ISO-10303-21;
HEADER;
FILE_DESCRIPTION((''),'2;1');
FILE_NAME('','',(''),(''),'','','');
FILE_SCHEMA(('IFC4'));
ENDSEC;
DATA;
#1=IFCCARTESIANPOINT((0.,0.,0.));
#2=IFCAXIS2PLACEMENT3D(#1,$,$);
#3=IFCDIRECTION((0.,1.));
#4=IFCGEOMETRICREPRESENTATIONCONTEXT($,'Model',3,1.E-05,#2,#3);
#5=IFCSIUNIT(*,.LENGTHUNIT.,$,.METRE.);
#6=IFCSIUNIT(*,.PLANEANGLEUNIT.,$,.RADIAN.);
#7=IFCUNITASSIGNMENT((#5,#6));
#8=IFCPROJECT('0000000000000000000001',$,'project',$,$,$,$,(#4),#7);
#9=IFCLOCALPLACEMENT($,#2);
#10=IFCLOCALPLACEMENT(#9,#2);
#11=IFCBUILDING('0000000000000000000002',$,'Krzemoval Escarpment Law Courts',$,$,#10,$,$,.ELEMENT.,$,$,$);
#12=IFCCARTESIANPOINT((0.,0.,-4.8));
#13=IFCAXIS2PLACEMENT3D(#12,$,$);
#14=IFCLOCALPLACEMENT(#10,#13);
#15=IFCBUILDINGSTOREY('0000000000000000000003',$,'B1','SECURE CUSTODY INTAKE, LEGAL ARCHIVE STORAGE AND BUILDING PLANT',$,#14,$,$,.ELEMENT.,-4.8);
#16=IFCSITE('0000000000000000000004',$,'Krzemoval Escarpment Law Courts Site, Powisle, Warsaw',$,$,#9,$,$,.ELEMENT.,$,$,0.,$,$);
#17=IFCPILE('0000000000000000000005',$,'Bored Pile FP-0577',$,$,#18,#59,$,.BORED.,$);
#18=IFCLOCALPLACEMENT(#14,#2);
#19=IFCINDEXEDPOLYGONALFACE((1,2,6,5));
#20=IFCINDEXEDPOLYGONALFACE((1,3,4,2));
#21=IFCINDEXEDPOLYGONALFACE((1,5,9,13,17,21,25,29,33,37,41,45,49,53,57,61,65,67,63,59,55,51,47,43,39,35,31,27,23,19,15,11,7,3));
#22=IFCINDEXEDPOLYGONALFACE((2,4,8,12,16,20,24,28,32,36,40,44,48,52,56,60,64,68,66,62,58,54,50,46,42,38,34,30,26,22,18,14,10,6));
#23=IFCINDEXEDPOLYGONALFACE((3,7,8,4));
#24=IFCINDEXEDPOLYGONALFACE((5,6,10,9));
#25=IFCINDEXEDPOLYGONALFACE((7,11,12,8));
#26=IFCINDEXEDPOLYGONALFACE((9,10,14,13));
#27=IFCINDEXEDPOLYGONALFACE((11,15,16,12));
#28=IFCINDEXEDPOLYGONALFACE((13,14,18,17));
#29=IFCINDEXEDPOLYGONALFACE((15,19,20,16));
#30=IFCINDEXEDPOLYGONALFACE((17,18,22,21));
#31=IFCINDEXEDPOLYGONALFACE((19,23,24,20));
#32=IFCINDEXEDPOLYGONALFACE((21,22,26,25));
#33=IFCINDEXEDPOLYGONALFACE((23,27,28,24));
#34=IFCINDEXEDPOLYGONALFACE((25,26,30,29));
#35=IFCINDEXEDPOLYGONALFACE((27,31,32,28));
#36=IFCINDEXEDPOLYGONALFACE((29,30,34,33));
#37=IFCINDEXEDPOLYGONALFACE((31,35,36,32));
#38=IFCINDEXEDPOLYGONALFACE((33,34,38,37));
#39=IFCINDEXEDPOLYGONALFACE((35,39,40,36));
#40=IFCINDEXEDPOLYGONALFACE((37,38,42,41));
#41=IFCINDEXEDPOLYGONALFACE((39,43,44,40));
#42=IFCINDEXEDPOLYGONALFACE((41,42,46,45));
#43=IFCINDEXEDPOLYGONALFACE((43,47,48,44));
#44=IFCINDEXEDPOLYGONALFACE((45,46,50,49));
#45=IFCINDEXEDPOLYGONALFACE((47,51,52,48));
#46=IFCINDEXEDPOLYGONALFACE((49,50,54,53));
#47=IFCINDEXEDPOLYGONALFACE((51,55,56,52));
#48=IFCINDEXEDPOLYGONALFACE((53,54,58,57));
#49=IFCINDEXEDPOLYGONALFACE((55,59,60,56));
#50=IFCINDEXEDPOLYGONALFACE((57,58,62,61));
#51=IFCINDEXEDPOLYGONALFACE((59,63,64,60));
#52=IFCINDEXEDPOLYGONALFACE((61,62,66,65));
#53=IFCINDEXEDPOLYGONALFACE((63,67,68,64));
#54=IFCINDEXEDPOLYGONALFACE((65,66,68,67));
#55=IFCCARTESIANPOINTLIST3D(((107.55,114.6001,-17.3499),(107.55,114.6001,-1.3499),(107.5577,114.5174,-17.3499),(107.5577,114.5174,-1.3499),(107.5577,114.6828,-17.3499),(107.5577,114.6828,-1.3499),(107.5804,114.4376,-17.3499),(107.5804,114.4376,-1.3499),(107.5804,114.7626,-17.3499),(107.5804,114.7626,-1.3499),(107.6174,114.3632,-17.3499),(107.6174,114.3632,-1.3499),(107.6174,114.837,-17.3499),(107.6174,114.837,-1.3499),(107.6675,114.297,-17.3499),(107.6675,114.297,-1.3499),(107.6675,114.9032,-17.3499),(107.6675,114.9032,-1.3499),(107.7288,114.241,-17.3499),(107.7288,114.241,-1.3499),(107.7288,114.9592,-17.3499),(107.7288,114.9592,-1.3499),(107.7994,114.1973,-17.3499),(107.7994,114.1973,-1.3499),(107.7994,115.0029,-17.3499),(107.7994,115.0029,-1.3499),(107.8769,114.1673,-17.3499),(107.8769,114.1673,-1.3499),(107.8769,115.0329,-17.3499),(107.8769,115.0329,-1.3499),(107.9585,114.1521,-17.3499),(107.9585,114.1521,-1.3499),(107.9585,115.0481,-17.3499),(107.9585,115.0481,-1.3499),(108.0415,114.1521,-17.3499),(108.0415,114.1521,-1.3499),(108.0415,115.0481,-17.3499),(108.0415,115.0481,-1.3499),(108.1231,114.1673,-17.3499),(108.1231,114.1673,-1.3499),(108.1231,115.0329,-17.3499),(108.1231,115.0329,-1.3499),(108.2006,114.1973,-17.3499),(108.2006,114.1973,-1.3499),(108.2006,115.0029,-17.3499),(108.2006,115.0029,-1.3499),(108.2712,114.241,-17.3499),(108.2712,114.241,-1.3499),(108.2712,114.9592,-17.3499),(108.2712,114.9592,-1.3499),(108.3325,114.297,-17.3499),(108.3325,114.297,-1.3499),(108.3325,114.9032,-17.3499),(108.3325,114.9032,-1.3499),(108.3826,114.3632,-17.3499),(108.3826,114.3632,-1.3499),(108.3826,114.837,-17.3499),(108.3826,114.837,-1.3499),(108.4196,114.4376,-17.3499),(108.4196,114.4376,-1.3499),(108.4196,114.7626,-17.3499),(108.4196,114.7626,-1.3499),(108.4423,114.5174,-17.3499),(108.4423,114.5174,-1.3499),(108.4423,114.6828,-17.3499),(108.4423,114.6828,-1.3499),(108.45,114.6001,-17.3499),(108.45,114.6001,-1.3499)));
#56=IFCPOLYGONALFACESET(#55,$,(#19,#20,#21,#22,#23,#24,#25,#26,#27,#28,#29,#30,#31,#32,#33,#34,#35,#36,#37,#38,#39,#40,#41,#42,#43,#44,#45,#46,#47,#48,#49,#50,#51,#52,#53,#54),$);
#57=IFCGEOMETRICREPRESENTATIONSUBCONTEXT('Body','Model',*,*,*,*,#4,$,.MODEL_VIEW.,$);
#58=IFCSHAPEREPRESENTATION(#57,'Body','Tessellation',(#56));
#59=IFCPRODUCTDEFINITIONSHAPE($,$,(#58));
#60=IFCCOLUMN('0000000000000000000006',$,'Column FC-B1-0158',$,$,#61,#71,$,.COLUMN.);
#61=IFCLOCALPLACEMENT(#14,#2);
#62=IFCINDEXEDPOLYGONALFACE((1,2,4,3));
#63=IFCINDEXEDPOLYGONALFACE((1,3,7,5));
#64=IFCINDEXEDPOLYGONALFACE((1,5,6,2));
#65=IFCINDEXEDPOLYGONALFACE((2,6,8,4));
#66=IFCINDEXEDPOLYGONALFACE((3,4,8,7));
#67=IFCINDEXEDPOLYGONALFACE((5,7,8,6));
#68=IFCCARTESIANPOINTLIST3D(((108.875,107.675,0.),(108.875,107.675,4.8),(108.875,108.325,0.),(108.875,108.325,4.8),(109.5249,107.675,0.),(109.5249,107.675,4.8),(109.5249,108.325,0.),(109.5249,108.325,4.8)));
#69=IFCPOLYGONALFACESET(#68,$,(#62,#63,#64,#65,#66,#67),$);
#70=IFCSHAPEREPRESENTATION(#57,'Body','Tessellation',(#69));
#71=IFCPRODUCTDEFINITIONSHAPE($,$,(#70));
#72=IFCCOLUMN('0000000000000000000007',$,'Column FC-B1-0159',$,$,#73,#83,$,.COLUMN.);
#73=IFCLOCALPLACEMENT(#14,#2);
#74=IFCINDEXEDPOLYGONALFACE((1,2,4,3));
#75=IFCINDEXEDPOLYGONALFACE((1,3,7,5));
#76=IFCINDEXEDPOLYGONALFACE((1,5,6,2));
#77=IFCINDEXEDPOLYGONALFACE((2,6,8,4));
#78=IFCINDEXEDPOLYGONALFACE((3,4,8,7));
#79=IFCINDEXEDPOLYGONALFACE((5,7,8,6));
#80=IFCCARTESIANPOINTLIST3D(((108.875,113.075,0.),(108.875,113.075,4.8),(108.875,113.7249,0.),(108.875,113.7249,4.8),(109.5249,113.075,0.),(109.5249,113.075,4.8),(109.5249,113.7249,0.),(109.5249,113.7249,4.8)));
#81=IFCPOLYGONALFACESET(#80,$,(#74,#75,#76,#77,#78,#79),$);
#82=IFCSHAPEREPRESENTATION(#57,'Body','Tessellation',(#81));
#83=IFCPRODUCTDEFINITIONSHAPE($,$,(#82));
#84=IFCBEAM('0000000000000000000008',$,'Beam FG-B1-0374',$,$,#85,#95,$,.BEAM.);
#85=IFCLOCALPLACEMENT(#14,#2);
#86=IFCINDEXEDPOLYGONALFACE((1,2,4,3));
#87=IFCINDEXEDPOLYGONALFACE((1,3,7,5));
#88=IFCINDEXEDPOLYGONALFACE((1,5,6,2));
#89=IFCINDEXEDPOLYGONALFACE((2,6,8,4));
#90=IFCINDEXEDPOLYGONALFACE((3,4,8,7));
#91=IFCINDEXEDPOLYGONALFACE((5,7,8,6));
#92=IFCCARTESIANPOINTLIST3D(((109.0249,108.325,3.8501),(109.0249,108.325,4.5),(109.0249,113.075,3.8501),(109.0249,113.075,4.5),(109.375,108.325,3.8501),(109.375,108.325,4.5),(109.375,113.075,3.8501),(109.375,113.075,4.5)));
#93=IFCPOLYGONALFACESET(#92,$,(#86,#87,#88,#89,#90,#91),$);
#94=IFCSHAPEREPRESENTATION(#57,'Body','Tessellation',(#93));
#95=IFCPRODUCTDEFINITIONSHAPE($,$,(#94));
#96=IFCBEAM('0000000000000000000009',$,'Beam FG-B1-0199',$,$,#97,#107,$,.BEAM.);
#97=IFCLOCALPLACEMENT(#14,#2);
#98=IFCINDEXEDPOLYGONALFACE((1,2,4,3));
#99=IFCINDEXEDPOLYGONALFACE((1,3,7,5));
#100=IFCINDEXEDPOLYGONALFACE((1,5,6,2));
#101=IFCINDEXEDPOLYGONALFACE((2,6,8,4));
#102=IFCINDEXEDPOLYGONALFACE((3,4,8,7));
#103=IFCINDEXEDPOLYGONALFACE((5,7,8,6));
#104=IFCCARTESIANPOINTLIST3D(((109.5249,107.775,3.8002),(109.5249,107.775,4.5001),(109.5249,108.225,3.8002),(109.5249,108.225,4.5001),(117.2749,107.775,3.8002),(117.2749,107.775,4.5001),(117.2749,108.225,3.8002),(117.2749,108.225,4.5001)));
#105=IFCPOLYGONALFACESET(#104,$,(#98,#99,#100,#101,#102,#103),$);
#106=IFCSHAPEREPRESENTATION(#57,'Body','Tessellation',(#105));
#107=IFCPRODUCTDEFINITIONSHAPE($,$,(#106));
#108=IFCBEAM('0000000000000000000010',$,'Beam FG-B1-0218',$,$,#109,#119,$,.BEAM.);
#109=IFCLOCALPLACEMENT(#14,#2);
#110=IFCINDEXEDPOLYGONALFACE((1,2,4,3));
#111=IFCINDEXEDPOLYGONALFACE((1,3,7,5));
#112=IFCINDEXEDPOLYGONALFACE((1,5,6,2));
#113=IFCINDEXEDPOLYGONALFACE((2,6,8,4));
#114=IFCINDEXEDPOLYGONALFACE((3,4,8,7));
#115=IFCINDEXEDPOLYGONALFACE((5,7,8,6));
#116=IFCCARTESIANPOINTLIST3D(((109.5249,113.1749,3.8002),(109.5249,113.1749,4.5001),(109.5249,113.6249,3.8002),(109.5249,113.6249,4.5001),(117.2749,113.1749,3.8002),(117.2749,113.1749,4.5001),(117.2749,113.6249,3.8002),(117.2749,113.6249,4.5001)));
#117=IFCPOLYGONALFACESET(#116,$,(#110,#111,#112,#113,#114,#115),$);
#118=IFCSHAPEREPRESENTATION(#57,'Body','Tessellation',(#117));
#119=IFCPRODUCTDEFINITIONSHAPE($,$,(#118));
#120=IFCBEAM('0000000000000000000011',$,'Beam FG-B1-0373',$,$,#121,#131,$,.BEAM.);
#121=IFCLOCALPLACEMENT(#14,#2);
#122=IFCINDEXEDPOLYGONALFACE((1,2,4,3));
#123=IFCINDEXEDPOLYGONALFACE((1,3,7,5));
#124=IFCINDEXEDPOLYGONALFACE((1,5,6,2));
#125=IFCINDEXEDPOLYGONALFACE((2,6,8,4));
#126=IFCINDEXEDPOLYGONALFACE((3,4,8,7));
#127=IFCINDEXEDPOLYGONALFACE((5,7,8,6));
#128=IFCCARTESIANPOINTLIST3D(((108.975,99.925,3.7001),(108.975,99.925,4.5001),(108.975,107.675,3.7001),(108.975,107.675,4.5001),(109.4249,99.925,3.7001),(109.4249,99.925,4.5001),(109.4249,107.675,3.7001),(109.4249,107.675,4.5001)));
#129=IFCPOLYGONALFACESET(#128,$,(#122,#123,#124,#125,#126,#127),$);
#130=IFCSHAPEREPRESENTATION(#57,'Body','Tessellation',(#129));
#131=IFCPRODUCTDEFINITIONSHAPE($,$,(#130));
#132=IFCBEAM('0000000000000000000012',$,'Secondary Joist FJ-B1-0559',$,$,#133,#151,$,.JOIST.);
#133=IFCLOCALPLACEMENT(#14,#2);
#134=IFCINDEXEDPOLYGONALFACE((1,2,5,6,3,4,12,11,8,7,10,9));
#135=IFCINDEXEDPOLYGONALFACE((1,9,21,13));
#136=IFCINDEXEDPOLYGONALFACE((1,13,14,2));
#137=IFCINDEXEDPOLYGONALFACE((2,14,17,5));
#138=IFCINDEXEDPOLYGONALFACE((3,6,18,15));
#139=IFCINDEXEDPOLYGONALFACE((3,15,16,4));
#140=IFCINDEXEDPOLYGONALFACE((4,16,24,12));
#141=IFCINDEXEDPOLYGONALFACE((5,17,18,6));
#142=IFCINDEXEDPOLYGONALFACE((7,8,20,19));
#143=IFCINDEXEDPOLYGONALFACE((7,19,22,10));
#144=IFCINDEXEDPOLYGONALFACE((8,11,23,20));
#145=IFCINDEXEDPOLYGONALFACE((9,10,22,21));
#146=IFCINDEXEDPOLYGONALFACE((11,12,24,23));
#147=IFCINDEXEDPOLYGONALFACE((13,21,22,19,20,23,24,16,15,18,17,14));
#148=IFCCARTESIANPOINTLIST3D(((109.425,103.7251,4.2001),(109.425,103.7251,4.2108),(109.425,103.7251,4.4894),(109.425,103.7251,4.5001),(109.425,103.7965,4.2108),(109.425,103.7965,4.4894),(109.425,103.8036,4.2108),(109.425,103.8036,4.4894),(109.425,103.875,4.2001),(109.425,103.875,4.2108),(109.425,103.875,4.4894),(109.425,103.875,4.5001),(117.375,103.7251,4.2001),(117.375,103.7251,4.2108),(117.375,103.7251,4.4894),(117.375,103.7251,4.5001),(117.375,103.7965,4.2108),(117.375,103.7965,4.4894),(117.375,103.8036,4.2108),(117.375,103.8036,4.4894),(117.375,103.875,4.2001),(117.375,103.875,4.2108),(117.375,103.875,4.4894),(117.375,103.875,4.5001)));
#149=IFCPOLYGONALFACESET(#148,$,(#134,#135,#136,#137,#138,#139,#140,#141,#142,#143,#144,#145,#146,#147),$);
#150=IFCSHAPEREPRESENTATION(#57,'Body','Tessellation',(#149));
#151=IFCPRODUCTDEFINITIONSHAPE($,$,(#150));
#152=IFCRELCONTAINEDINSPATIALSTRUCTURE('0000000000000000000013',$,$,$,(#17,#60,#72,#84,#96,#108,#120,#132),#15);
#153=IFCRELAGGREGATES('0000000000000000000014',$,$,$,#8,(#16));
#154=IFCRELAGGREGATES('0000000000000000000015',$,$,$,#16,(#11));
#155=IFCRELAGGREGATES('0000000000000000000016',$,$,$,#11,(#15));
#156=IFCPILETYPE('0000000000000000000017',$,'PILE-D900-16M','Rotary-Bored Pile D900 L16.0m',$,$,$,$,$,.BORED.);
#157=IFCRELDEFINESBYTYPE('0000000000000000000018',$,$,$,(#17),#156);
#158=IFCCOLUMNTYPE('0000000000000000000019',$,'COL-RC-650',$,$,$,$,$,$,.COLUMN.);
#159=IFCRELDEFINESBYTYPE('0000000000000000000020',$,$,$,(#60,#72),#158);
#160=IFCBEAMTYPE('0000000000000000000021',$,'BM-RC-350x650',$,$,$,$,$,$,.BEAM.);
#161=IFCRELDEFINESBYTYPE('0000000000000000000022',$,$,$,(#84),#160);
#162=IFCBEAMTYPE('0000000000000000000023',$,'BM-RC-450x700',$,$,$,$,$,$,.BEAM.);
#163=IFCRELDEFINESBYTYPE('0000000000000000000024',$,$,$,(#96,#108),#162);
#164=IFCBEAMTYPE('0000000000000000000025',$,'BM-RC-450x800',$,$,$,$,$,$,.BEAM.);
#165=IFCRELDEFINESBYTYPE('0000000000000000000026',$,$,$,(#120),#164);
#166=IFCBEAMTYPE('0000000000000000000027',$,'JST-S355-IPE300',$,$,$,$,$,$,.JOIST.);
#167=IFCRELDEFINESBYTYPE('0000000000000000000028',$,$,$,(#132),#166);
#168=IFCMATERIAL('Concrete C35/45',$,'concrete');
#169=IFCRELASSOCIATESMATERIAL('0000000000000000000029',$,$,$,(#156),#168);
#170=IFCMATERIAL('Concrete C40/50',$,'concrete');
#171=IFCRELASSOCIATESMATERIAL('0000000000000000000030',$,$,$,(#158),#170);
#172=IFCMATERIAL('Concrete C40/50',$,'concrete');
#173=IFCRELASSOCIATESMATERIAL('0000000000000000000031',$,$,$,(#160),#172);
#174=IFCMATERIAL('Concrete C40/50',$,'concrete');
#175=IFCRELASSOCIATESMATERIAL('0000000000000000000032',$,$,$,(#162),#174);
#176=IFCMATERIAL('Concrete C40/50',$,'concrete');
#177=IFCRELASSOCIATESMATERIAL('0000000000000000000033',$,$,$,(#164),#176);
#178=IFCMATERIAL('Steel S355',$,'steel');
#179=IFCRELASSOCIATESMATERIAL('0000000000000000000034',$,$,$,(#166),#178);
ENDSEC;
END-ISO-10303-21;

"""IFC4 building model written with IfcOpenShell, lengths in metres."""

from ifc_helpers import new_model, si_unit, direction, frame, origin, origin_2d, place, context, subcontext, project, spatial, rectangle, circle, i_section, extrude, material, material_profile, profile_set, type_object, element, save


model = new_model("IFC4")

# Units and contexts
model_context = context("Model", 3, precision=1e-05, world=origin(), true_north=direction((0.0, 1.0)))
body_context = subcontext(model_context, "Body", "Model", "MODEL_VIEW")
ifc_project = project(units=[si_unit("LENGTHUNIT", "METRE"), si_unit("PLANEANGLEUNIT", "RADIAN")], contexts=[model_context])

# Site, building, storey
site_placement = place(None, origin())
site = spatial("IfcSite", under=ifc_project, at=site_placement, Name="Krzemoval Escarpment Law Courts Site, Powisle, Warsaw", CompositionType="ELEMENT", RefElevation=0.0)
building_placement = place(site_placement, origin())
building = spatial("IfcBuilding", under=site, at=building_placement, Name="Krzemoval Escarpment Law Courts", CompositionType="ELEMENT")
storey_placement = place(building_placement, frame((0.0, 0.0, -4.8)))
storey = spatial("IfcBuildingStorey", under=building, at=storey_placement, Name="B1", Description="SECURE CUSTODY INTAKE, LEGAL ARCHIVE STORAGE AND BUILDING PLANT", CompositionType="ELEMENT", Elevation=-4.8)

# Pile
ifc_material_1 = material(Name="Concrete C35/45", Category="concrete")
ifc_material_profile_1 = material_profile(ifc_material_1, circle(Radius=0.45, at=origin_2d()), Name="PILE D900")
ifc_profile_set_1 = profile_set([ifc_material_profile_1], Name="Concrete C35/45")
pile_type = type_object("IfcPileType", Name="PILE-D900-16M", Description="Rotary-Bored Pile D900 L16.0m", PredefinedType="BORED", material=ifc_profile_set_1)
for number, where, z_axis, x_axis, name in (
    (1, (108.0, 114.6001, -1.3499), (0.0, 0.0, -1.0), (1.0, 0.0, 0.0), "Bored Pile FP-0577"),
):
    element("IfcPile", number, at=place(storey_placement, frame(where, z_axis=z_axis, x_axis=x_axis)), inside=storey, type_object=pile_type, Name=name, PredefinedType="BORED", context=body_context, shape_type="SweptSolid", body=[
        extrude(circle(Radius=0.45, at=origin_2d()), origin(), (0.0, 0.0, 1.0), 16.0),
    ])

# Columns
ifc_material_2 = material(Name="Concrete C40/50", Category="concrete")
ifc_material_profile_2 = material_profile(ifc_material_2, rectangle(XDim=0.6499, YDim=0.6499, at=origin_2d()), Name="RC 650x650")
ifc_profile_set_2 = profile_set([ifc_material_profile_2], Name="Concrete C40/50")
column_type = type_object("IfcColumnType", Name="COL-RC-650", PredefinedType="COLUMN", material=ifc_profile_set_2)
for number, where, z_axis, x_axis, name in (
    (2, (109.2, 108.0, 0.0), (0.0, 0.0, 1.0), (1.0, 0.0, 0.0), "Column FC-B1-0158"),
    (3, (109.2, 113.3999, 0.0), (0.0, 0.0, 1.0), (1.0, 0.0, 0.0), "Column FC-B1-0159"),
):
    element("IfcColumn", number, at=place(storey_placement, frame(where, z_axis=z_axis, x_axis=x_axis)), inside=storey, type_object=column_type, Name=name, PredefinedType="COLUMN", context=body_context, shape_type="SweptSolid", body=[
        extrude(rectangle(XDim=0.6499, YDim=0.6499, at=origin_2d()), origin(), (0.0, 0.0, 1.0), 4.8),
    ])

# Beams
ifc_material_3 = material(Name="Concrete C40/50", Category="concrete")
ifc_material_profile_3 = material_profile(ifc_material_3, rectangle(XDim=0.3501, YDim=0.6499, at=origin_2d()), Name="RCB 350x650")
ifc_profile_set_3 = profile_set([ifc_material_profile_3], Name="Concrete C40/50")
beam_type_1 = type_object("IfcBeamType", Name="BM-RC-350x650", PredefinedType="BEAM", material=ifc_profile_set_3)
beam_1_placement = place(storey_placement, frame((109.2, 108.325, 4.175), z_axis=(0.0, 1.0, 0.0), x_axis=(-1.0, 0.0, 0.0)))
element("IfcBeam", 4, at=beam_1_placement, inside=storey, type_object=beam_type_1, Name="Beam FG-B1-0374", PredefinedType="BEAM", context=body_context, shape_type="SweptSolid", body=[
    extrude(rectangle(XDim=0.3501, YDim=0.6499, at=origin_2d()), origin(), (0.0, 0.0, 1.0), 4.75),
])
ifc_material_4 = material(Name="Concrete C40/50", Category="concrete")
ifc_material_profile_4 = material_profile(ifc_material_4, rectangle(XDim=0.45, YDim=0.7, at=origin_2d()), Name="RCB 450x700")
ifc_profile_set_4 = profile_set([ifc_material_profile_4], Name="Concrete C40/50")
beam_type_2 = type_object("IfcBeamType", Name="BM-RC-450x700", PredefinedType="BEAM", material=ifc_profile_set_4)
for number, where, z_axis, x_axis, name in (
    (5, (109.5249, 108.0, 4.1501), (1.0, 0.0, 0.0), (0.0, 1.0, 0.0), "Beam FG-B1-0199"),
    (6, (109.5249, 113.3999, 4.1501), (1.0, 0.0, 0.0), (0.0, 1.0, 0.0), "Beam FG-B1-0218"),
):
    element("IfcBeam", number, at=place(storey_placement, frame(where, z_axis=z_axis, x_axis=x_axis)), inside=storey, type_object=beam_type_2, Name=name, PredefinedType="BEAM", context=body_context, shape_type="SweptSolid", body=[
        extrude(rectangle(XDim=0.45, YDim=0.7, at=origin_2d()), origin(), (0.0, 0.0, 1.0), 7.75),
    ])
ifc_material_5 = material(Name="Concrete C40/50", Category="concrete")
ifc_material_profile_5 = material_profile(ifc_material_5, rectangle(XDim=0.45, YDim=0.8, at=origin_2d()), Name="RCB 450x800")
ifc_profile_set_5 = profile_set([ifc_material_profile_5], Name="Concrete C40/50")
beam_type_3 = type_object("IfcBeamType", Name="BM-RC-450x800", PredefinedType="BEAM", material=ifc_profile_set_5)
beam_2_placement = place(storey_placement, frame((109.2, 99.925, 4.1001), z_axis=(0.0, 1.0, 0.0), x_axis=(-1.0, 0.0, 0.0)))
element("IfcBeam", 7, at=beam_2_placement, inside=storey, type_object=beam_type_3, Name="Beam FG-B1-0373", PredefinedType="BEAM", context=body_context, shape_type="SweptSolid", body=[
    extrude(rectangle(XDim=0.45, YDim=0.8, at=origin_2d()), origin(), (0.0, 0.0, 1.0), 7.75),
])
ifc_material_6 = material(Name="Steel S355", Category="steel")
ifc_material_profile_6 = material_profile(ifc_material_6, i_section(OverallWidth=0.1499, OverallDepth=0.3, WebThickness=0.0071, FlangeThickness=0.0107, at=origin_2d()), Name="IPE 300")
ifc_profile_set_6 = profile_set([ifc_material_profile_6], Name="Steel S355")
beam_type_4 = type_object("IfcBeamType", Name="JST-S355-IPE300", PredefinedType="JOIST", material=ifc_profile_set_6)
beam_3_placement = place(storey_placement, frame((109.425, 103.8, 4.3501), z_axis=(1.0, 0.0, 0.0), x_axis=(0.0, 1.0, 0.0)))
element("IfcBeam", 8, at=beam_3_placement, inside=storey, type_object=beam_type_4, Name="Secondary Joist FJ-B1-0559", PredefinedType="JOIST", context=body_context, shape_type="SweptSolid", body=[
    extrude(i_section(OverallWidth=0.1499, OverallDepth=0.3, WebThickness=0.0071, FlangeThickness=0.0107, at=origin_2d()), origin(), (0.0, 0.0, 1.0), 7.95),
])

save(model, "model.ifc")
